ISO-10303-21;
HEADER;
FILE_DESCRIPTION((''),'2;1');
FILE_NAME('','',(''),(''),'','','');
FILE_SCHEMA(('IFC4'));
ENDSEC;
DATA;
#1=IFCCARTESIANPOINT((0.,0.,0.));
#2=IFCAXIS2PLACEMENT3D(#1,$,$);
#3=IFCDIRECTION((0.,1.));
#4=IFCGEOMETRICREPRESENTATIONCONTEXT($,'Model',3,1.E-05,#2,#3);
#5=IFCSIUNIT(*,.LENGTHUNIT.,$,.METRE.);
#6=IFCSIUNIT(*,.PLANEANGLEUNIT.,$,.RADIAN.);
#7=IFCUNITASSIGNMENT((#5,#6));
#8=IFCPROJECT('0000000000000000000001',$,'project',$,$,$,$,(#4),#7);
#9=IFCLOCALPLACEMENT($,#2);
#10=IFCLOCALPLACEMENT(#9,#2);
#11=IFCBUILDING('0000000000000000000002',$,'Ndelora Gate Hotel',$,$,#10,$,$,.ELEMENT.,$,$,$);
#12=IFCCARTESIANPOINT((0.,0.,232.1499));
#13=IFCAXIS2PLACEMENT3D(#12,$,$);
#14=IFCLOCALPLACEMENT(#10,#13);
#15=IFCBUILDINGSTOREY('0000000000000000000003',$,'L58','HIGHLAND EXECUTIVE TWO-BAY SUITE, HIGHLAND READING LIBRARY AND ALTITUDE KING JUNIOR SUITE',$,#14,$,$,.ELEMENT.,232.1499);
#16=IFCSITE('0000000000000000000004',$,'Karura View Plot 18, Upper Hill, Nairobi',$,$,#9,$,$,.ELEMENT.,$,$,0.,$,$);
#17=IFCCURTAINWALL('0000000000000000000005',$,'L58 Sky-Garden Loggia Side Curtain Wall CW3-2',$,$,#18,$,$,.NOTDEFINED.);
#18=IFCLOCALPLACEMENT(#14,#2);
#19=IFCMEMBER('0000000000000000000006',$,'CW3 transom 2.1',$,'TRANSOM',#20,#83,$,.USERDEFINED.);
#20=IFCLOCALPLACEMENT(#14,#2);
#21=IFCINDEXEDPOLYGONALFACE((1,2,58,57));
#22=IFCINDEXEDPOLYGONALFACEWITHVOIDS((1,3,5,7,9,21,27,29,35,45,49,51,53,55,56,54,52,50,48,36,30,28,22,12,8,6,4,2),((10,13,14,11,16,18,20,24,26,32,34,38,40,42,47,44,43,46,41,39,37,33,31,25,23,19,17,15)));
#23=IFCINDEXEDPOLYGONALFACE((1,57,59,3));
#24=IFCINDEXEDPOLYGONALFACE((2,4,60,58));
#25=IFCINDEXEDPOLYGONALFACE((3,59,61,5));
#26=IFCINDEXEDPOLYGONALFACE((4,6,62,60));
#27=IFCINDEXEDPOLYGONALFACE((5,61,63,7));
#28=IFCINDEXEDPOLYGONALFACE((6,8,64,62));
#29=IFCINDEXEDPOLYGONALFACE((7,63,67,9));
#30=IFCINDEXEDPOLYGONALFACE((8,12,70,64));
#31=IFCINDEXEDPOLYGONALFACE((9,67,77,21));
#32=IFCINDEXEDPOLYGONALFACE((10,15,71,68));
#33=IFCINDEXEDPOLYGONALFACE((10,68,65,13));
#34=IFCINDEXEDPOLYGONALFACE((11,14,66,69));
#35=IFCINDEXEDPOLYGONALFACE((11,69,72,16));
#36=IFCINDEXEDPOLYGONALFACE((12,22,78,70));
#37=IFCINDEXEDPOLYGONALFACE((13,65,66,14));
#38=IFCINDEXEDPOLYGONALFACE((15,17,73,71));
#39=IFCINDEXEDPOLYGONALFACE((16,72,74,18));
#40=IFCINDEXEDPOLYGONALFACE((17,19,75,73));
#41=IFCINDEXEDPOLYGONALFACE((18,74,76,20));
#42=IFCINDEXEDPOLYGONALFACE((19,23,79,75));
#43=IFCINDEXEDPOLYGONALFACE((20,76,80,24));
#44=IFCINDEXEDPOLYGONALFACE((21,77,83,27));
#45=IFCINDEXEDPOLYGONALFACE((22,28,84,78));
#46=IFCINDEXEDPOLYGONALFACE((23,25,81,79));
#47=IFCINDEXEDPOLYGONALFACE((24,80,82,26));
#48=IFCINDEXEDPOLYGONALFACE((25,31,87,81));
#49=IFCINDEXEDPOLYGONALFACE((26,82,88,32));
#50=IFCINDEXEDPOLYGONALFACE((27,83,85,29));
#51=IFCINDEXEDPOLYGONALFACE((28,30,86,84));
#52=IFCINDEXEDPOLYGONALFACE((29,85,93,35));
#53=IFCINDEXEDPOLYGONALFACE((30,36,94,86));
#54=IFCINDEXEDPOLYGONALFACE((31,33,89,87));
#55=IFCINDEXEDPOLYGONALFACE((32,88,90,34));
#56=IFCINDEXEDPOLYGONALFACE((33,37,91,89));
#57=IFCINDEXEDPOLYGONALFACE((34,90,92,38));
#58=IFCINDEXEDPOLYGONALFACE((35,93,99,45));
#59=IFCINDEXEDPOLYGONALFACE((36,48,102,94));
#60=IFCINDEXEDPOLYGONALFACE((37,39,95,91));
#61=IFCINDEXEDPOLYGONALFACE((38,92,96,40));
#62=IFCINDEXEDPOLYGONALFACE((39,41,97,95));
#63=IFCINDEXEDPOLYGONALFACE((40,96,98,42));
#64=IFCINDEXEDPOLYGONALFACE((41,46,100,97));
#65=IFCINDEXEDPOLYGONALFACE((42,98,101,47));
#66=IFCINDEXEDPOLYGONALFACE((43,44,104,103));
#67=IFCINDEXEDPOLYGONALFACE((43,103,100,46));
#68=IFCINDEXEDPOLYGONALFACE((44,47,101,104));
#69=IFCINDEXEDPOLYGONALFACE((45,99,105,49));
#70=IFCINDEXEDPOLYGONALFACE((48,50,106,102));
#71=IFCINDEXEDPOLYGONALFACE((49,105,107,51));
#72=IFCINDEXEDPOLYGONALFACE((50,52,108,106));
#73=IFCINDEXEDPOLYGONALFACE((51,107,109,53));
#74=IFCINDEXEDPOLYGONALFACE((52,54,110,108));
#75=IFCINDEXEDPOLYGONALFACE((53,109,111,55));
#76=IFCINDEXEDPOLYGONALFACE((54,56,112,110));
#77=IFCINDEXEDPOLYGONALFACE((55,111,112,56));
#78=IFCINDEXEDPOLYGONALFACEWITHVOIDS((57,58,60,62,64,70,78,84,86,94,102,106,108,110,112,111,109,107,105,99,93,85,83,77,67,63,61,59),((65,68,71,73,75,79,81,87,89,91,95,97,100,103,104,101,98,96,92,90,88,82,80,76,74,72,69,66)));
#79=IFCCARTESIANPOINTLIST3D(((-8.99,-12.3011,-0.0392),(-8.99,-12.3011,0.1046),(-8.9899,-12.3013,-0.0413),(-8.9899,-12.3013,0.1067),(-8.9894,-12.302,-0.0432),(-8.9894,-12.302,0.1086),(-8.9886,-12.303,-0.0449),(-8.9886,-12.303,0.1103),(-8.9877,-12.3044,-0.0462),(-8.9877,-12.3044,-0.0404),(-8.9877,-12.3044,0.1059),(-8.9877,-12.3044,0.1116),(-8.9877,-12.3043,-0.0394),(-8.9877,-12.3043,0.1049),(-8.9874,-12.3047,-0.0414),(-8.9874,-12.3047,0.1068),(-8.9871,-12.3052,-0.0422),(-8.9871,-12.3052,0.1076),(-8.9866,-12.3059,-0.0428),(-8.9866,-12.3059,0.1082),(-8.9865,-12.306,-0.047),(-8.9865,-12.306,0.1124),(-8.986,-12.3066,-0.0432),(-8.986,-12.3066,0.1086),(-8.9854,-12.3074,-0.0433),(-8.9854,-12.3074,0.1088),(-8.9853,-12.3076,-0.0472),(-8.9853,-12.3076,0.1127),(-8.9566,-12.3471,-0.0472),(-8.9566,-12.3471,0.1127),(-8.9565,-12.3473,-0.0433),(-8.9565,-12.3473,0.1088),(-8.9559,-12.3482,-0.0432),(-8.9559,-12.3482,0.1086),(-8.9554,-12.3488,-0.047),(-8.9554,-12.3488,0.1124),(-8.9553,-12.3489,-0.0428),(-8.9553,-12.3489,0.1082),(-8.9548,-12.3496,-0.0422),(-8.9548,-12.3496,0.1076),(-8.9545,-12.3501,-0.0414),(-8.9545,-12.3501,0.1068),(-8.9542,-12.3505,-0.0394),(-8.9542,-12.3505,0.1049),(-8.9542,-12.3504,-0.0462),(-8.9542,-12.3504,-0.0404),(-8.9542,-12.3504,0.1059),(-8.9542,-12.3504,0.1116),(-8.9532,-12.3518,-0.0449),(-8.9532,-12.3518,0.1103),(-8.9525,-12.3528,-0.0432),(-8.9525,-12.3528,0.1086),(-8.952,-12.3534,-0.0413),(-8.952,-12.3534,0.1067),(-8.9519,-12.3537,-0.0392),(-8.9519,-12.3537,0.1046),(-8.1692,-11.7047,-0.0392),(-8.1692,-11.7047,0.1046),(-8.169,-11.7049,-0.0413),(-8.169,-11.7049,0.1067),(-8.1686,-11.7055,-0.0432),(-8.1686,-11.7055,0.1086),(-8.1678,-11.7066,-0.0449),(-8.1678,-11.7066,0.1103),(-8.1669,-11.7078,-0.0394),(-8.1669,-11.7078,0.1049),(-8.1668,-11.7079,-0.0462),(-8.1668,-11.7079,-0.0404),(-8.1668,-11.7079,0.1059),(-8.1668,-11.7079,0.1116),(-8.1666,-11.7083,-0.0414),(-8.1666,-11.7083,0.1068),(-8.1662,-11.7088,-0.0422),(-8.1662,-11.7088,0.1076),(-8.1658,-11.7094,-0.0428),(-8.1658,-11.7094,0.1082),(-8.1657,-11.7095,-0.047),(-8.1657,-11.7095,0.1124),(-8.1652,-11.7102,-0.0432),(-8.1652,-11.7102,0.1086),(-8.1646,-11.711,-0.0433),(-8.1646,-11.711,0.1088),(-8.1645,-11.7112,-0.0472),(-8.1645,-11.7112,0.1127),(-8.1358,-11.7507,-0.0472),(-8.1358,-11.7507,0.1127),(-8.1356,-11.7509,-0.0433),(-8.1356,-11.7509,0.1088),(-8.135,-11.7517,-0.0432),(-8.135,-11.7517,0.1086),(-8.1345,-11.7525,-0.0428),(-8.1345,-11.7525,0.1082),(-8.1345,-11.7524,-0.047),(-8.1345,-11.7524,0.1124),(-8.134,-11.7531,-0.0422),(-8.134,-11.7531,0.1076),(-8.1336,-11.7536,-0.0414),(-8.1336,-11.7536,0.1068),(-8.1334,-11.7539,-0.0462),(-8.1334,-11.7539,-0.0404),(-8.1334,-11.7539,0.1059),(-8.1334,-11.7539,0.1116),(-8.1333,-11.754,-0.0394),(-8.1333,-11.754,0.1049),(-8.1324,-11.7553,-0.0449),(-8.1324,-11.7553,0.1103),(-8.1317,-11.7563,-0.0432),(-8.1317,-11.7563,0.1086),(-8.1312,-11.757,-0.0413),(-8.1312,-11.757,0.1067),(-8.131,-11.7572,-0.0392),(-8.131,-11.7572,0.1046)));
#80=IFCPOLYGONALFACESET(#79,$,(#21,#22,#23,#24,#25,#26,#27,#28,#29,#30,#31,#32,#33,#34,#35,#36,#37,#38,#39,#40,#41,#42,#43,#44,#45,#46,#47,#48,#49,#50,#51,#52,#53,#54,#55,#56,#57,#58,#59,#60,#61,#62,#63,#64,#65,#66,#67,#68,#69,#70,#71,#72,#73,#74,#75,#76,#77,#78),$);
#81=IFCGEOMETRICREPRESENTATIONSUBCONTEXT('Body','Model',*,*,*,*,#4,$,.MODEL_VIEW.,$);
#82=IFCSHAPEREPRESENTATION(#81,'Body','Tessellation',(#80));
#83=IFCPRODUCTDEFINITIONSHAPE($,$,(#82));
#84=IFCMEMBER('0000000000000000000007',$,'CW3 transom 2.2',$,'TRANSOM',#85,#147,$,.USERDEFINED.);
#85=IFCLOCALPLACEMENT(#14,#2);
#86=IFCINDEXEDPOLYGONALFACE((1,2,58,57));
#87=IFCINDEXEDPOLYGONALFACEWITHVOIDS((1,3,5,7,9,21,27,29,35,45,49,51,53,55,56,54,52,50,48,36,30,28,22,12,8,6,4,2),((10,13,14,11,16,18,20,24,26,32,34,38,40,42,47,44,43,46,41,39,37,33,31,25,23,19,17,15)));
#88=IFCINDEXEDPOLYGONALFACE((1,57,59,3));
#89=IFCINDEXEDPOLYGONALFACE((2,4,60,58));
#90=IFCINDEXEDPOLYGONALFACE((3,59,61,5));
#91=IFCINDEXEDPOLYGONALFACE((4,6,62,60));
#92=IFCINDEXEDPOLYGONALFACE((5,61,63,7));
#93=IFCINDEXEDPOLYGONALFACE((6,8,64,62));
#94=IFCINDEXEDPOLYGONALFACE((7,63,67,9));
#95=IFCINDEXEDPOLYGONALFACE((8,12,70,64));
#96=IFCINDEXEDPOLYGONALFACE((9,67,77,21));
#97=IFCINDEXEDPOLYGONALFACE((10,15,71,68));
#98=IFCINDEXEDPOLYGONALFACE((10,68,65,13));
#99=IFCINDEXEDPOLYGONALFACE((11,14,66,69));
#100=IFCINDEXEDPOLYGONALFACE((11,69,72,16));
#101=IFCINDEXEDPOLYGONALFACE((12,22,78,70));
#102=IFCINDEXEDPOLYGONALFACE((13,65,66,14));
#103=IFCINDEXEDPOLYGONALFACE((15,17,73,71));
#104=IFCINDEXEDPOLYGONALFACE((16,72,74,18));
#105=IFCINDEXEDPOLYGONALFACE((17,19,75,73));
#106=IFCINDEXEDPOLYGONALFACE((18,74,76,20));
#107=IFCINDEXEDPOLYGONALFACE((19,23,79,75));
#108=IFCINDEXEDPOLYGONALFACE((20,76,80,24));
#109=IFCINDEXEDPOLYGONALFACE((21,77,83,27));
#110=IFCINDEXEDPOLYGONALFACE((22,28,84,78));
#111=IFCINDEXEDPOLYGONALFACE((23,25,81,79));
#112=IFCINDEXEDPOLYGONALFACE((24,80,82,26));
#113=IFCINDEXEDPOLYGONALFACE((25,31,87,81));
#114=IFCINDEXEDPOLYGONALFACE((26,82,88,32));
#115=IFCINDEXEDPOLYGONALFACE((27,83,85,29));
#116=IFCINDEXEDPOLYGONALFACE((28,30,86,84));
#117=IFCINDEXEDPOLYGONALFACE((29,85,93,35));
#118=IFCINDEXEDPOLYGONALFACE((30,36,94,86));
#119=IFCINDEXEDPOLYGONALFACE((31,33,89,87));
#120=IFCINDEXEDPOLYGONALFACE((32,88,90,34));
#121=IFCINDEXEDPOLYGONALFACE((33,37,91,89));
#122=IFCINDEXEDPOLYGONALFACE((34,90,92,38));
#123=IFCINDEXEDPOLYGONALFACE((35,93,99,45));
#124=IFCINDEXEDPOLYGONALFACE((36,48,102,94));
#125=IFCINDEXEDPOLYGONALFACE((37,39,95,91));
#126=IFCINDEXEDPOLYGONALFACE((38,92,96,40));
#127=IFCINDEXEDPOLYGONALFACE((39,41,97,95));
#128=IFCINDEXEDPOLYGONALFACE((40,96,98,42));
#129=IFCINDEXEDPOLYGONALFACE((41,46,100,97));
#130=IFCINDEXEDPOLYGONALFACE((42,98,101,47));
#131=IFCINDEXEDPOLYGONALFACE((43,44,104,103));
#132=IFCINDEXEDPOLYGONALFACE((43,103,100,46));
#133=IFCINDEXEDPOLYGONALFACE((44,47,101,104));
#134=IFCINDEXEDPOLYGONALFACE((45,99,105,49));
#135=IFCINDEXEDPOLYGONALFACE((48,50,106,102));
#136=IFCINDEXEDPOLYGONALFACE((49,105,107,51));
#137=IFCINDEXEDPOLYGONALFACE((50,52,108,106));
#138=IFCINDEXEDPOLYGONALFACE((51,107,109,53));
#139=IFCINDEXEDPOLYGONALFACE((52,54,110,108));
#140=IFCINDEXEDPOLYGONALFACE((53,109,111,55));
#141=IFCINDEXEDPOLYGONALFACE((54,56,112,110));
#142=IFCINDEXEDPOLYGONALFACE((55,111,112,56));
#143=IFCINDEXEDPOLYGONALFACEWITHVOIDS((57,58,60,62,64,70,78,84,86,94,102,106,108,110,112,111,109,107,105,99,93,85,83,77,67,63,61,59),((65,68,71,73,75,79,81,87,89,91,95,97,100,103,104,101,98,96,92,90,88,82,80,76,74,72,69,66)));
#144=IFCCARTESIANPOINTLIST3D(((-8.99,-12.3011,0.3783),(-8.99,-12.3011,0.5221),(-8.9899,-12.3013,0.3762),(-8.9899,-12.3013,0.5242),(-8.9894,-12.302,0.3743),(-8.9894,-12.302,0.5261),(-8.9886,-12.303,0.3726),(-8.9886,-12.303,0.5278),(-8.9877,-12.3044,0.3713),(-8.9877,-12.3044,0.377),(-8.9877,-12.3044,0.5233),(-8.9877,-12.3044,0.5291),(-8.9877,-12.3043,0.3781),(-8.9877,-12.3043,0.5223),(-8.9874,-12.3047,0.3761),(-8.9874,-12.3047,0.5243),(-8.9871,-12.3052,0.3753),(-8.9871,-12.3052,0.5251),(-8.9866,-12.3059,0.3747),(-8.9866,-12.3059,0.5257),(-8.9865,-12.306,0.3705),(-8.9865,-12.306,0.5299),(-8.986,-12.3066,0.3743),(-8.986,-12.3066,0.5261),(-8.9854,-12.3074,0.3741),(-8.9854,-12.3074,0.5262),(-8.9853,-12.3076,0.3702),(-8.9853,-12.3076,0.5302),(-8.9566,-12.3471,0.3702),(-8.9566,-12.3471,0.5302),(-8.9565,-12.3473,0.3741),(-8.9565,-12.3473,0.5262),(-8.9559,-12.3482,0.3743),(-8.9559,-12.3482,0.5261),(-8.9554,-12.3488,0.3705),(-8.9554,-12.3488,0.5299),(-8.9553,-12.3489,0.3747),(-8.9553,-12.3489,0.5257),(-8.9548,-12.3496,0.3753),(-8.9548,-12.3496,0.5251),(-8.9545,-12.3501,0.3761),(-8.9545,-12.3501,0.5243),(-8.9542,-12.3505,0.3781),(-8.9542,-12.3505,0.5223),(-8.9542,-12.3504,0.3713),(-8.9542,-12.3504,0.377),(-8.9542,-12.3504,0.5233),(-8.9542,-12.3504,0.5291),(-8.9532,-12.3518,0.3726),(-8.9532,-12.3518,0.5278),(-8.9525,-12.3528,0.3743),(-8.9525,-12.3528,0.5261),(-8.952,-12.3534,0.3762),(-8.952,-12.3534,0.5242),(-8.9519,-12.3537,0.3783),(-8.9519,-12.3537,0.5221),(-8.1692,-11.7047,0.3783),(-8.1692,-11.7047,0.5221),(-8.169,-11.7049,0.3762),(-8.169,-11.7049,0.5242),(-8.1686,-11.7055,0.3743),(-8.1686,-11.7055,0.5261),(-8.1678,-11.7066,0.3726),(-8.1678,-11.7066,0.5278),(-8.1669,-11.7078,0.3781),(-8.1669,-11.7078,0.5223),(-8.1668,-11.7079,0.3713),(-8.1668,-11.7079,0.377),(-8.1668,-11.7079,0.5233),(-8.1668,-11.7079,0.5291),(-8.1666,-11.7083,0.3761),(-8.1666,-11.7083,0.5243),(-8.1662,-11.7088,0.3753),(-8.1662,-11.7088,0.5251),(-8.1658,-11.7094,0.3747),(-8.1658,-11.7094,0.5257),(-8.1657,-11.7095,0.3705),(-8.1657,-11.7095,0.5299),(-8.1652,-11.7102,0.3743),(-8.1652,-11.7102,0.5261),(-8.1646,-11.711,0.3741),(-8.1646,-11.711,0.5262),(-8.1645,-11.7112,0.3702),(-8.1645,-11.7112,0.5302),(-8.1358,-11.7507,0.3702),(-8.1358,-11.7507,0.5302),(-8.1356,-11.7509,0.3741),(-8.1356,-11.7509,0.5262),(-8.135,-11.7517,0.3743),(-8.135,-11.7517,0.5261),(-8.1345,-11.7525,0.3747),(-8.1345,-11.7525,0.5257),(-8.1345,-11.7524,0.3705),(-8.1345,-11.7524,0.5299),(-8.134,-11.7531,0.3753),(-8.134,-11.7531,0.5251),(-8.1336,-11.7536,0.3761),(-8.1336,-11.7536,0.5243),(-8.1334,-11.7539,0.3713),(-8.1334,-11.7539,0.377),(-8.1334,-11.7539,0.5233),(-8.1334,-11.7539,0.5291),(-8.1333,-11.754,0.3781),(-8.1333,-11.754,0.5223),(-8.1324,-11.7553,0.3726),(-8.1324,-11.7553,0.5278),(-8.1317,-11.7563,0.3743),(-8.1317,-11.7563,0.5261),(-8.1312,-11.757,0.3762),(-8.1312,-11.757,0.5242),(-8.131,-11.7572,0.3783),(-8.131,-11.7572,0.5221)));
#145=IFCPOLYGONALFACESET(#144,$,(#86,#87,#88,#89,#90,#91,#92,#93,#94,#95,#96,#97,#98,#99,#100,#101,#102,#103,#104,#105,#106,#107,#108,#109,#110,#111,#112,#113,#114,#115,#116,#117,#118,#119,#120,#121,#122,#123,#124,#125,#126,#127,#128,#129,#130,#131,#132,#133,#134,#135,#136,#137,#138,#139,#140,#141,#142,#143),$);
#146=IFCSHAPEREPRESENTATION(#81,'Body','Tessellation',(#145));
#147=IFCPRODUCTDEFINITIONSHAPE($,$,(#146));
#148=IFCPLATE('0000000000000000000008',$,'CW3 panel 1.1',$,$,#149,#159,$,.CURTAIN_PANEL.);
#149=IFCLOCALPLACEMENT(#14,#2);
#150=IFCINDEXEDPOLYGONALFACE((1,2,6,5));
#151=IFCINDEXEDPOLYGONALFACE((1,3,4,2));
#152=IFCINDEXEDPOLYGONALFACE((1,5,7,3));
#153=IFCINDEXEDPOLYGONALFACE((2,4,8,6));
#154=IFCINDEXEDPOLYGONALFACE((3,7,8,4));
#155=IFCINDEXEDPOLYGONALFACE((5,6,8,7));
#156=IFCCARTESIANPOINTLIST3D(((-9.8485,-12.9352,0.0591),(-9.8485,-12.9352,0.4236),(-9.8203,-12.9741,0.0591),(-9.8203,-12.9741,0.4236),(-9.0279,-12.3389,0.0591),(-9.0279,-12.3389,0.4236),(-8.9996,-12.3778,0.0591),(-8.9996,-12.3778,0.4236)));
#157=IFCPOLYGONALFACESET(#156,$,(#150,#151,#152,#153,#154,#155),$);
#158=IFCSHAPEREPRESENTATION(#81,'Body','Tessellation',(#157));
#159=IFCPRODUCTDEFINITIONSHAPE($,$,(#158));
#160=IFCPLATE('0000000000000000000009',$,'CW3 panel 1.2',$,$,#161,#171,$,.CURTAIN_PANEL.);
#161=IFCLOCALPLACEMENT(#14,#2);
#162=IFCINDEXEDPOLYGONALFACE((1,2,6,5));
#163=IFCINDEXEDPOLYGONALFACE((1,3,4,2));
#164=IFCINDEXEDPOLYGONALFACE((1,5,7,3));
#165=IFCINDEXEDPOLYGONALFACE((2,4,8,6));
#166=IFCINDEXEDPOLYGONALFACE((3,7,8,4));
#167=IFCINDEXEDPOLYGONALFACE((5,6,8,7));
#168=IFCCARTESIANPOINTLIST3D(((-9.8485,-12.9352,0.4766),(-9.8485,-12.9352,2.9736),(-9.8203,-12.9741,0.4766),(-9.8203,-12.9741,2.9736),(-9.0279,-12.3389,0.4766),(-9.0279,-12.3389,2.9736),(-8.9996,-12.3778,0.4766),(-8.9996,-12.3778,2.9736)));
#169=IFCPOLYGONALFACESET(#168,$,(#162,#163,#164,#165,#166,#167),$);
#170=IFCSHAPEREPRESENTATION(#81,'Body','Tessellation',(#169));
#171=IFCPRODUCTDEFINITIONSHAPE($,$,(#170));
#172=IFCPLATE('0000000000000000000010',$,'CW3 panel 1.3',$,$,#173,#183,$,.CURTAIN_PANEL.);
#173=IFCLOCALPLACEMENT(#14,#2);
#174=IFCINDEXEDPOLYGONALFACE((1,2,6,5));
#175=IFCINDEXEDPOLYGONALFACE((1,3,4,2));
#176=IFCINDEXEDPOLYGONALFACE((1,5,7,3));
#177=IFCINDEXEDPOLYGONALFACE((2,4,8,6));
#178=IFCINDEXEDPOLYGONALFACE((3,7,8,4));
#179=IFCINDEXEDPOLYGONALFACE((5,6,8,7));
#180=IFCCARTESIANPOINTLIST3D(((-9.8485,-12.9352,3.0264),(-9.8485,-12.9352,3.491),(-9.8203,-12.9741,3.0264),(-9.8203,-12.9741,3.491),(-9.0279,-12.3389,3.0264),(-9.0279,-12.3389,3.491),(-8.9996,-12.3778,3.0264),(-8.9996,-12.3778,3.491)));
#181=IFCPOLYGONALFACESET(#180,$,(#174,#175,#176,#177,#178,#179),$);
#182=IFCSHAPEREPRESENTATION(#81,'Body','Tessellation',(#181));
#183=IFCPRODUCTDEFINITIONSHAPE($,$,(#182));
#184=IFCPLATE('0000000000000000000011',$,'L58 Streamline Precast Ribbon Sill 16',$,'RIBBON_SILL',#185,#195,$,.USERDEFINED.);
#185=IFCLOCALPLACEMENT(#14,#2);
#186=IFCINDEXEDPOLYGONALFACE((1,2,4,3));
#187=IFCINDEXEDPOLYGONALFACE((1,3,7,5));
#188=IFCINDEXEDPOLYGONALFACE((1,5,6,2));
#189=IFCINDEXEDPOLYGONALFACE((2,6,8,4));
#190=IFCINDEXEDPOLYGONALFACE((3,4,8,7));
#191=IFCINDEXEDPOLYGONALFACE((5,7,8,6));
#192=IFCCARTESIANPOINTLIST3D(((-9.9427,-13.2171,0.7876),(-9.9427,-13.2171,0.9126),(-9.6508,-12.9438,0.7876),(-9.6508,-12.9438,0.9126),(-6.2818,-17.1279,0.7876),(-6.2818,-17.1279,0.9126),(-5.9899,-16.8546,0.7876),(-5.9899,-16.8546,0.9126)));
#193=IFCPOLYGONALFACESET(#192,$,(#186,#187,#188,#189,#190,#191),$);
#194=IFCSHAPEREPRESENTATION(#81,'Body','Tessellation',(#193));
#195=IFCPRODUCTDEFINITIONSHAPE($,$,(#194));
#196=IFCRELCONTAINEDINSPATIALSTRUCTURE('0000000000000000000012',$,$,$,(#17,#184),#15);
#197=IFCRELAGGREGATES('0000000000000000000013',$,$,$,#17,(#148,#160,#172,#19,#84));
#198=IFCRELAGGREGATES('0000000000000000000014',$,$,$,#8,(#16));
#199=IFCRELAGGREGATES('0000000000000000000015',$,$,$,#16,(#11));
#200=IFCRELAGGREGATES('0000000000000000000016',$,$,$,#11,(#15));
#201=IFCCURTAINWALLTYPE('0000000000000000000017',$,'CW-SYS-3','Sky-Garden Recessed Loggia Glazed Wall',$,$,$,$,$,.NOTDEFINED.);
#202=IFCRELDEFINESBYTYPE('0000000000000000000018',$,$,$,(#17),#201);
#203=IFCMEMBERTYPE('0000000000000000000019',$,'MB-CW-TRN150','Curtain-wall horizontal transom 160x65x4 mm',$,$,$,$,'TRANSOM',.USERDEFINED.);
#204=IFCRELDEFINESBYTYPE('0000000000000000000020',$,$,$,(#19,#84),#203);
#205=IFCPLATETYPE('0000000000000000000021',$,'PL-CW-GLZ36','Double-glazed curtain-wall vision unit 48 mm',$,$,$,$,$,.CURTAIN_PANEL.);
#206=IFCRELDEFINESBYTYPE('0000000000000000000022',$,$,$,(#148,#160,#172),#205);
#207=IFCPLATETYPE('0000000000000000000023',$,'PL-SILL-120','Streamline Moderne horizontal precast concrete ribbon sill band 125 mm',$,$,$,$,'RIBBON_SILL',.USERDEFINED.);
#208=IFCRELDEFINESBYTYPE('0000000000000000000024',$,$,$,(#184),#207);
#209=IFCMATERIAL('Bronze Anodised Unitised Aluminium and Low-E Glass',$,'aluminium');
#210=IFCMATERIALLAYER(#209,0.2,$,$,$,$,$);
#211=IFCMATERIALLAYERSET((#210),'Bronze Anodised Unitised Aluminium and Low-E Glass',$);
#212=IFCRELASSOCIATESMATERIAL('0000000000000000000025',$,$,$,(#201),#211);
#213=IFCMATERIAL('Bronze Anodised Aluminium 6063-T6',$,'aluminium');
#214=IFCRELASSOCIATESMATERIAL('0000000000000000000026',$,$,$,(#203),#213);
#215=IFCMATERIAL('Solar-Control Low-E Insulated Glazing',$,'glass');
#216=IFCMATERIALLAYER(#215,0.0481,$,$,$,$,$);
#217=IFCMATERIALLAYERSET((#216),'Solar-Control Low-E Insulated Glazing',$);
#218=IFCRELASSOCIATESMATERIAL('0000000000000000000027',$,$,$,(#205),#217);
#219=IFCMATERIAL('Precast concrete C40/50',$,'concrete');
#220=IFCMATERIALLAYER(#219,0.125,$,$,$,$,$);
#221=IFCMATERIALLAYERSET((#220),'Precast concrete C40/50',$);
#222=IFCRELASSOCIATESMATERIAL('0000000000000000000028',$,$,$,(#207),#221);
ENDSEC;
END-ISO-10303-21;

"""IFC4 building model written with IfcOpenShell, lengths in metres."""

from ifc_helpers import new_model, si_unit, direction, frame, origin, origin_2d, place, context, subcontext, project, spatial, rectangle, hollow_rectangle, extrude, material, layer, layer_set, material_profile, profile_set, type_object, element, aggregate, save


model = new_model("IFC4")

# Units and contexts
model_context = context("Model", 3, precision=1e-05, world=origin(), true_north=direction((0.0, 1.0)))
body_context = subcontext(model_context, "Body", "Model", "MODEL_VIEW")
ifc_project = project(units=[si_unit("LENGTHUNIT", "METRE"), si_unit("PLANEANGLEUNIT", "RADIAN")], contexts=[model_context])

# Site, building, storey
site_placement = place(None, origin())
site = spatial("IfcSite", under=ifc_project, at=site_placement, Name="Karura View Plot 18, Upper Hill, Nairobi", CompositionType="ELEMENT", RefElevation=0.0)
building_placement = place(site_placement, origin())
building = spatial("IfcBuilding", under=site, at=building_placement, Name="Ndelora Gate Hotel", CompositionType="ELEMENT")
storey_placement = place(building_placement, frame((0.0, 0.0, 232.1499)))
storey = spatial("IfcBuildingStorey", under=building, at=storey_placement, Name="L58", Description="HIGHLAND EXECUTIVE TWO-BAY SUITE, HIGHLAND READING LIBRARY AND ALTITUDE KING JUNIOR SUITE", CompositionType="ELEMENT", Elevation=232.1499)

# Curtain wall, members, plates
ifc_material_1 = material(Name="Bronze Anodised Unitised Aluminium and Low-E Glass", Category="aluminium")
ifc_layer_1 = layer(ifc_material_1, 0.2)
ifc_layer_set_1 = layer_set([ifc_layer_1], Name="Bronze Anodised Unitised Aluminium and Low-E Glass")
curtain_wall_type = type_object("IfcCurtainWallType", Name="CW-SYS-3", Description="Sky-Garden Recessed Loggia Glazed Wall", PredefinedType="NOTDEFINED", material=ifc_layer_set_1)
curtain_wall_placement = place(storey_placement, origin())
curtain_wall = element("IfcCurtainWall", 1, at=curtain_wall_placement, inside=storey, type_object=curtain_wall_type, Name="L58 Sky-Garden Loggia Side Curtain Wall CW3-2", PredefinedType="NOTDEFINED")
ifc_material_2 = material(Name="Bronze Anodised Aluminium 6063-T6", Category="aluminium")
ifc_material_profile_1 = material_profile(ifc_material_2, hollow_rectangle(XDim=0.0649, YDim=0.1599, WallThickness=0.0039, InnerFilletRadius=0.0039, OuterFilletRadius=0.0081, at=origin_2d()), Name="ALU 160x65x4")
ifc_profile_set_1 = profile_set([ifc_material_profile_1], Name="Bronze Anodised Aluminium 6063-T6")
member_type_1 = type_object("IfcMemberType", Name="MB-CW-TRN150", Description="Curtain-wall horizontal transom 160x65x4 mm", ElementType="TRANSOM", PredefinedType="USERDEFINED", material=ifc_profile_set_1)
member_1_placement = place(storey_placement, frame((-8.9709, -12.3274, 0.0327), z_axis=(0.808975, 0.587843, 0.0), x_axis=(-0.587843, 0.808975, 0.0)))
member_1 = element("IfcMember", 2, at=member_1_placement, type_object=member_type_1, Name="CW3 transom 2.1", ObjectType="TRANSOM", PredefinedType="USERDEFINED", context=body_context, shape_type="SweptSolid", body=[
    extrude(hollow_rectangle(XDim=0.0649, YDim=0.1599, WallThickness=0.0039, InnerFilletRadius=0.0039, OuterFilletRadius=0.0081, at=origin_2d()), origin(), (0.0, 0.0, 1.0), 1.0146),
])
member_2_placement = place(storey_placement, frame((-8.9709, -12.3274, 0.4502), z_axis=(0.808975, 0.587843, 0.0), x_axis=(-0.587843, 0.808975, 0.0)))
member_2 = element("IfcMember", 3, at=member_2_placement, type_object=member_type_1, Name="CW3 transom 2.2", ObjectType="TRANSOM", PredefinedType="USERDEFINED", context=body_context, shape_type="SweptSolid", body=[
    extrude(hollow_rectangle(XDim=0.0649, YDim=0.1599, WallThickness=0.0039, InnerFilletRadius=0.0039, OuterFilletRadius=0.0081, at=origin_2d()), origin(), (0.0, 0.0, 1.0), 1.0146),
])
ifc_material_3 = material(Name="Solar-Control Low-E Insulated Glazing", Category="glass")
ifc_layer_2 = layer(ifc_material_3, 0.0481)
ifc_layer_set_2 = layer_set([ifc_layer_2], Name="Solar-Control Low-E Insulated Glazing")
plate_type_1 = type_object("IfcPlateType", Name="PL-CW-GLZ36", Description="Double-glazed curtain-wall vision unit 48 mm", PredefinedType="CURTAIN_PANEL", material=ifc_layer_set_2)
plate_1_placement = place(storey_placement, frame((-9.4241, -12.6565, 0.0591), z_axis=(0.0, 0.0, 1.0), x_axis=(0.809033, 0.587764, 0.0)))
plate_1 = element("IfcPlate", 4, at=plate_1_placement, type_object=plate_type_1, Name="CW3 panel 1.1", PredefinedType="CURTAIN_PANEL", context=body_context, shape_type="SweptSolid", body=[
    extrude(rectangle(XDim=1.0144, YDim=0.0481, at=origin_2d()), origin(), (0.0, 0.0, 1.0), 0.3645),
])
plate_2_placement = place(storey_placement, frame((-9.4241, -12.6565, 0.4766), z_axis=(0.0, 0.0, 1.0), x_axis=(0.809033, 0.587764, 0.0)))
plate_2 = element("IfcPlate", 5, at=plate_2_placement, type_object=plate_type_1, Name="CW3 panel 1.2", PredefinedType="CURTAIN_PANEL", context=body_context, shape_type="SweptSolid", body=[
    extrude(rectangle(XDim=1.0144, YDim=0.0481, at=origin_2d()), origin(), (0.0, 0.0, 1.0), 2.4971),
])
plate_3_placement = place(storey_placement, frame((-9.4241, -12.6565, 3.0264), z_axis=(0.0, 0.0, 1.0), x_axis=(0.809033, 0.587764, 0.0)))
plate_3 = element("IfcPlate", 6, at=plate_3_placement, type_object=plate_type_1, Name="CW3 panel 1.3", PredefinedType="CURTAIN_PANEL", context=body_context, shape_type="SweptSolid", body=[
    extrude(rectangle(XDim=1.0144, YDim=0.0481, at=origin_2d()), origin(), (0.0, 0.0, 1.0), 0.4646),
])
aggregate(curtain_wall, [plate_1, plate_2, plate_3, member_1, member_2])

# Plate
ifc_material_4 = material(Name="Precast concrete C40/50", Category="concrete")
ifc_layer_3 = layer(ifc_material_4, 0.125)
ifc_layer_set_3 = layer_set([ifc_layer_3], Name="Precast concrete C40/50")
plate_type_2 = type_object("IfcPlateType", Name="PL-SILL-120", Description="Streamline Moderne horizontal precast concrete ribbon sill band 125 mm", ElementType="RIBBON_SILL", PredefinedType="USERDEFINED", material=ifc_layer_set_3)
plate_4_placement = place(storey_placement, frame((-7.9663, -15.0359, 0.7876), z_axis=(0.0, 0.0, 1.0), x_axis=(-0.683401, 0.730043, 0.0)))
element("IfcPlate", 7, at=plate_4_placement, inside=storey, type_object=plate_type_2, Name="L58 Streamline Precast Ribbon Sill 16", ObjectType="RIBBON_SILL", PredefinedType="USERDEFINED", context=body_context, shape_type="SweptSolid", body=[
    extrude(rectangle(XDim=5.3569, YDim=0.3999, at=origin_2d()), origin(), (0.0, 0.0, 1.0), 0.125),
])

save(model, "model.ifc")
